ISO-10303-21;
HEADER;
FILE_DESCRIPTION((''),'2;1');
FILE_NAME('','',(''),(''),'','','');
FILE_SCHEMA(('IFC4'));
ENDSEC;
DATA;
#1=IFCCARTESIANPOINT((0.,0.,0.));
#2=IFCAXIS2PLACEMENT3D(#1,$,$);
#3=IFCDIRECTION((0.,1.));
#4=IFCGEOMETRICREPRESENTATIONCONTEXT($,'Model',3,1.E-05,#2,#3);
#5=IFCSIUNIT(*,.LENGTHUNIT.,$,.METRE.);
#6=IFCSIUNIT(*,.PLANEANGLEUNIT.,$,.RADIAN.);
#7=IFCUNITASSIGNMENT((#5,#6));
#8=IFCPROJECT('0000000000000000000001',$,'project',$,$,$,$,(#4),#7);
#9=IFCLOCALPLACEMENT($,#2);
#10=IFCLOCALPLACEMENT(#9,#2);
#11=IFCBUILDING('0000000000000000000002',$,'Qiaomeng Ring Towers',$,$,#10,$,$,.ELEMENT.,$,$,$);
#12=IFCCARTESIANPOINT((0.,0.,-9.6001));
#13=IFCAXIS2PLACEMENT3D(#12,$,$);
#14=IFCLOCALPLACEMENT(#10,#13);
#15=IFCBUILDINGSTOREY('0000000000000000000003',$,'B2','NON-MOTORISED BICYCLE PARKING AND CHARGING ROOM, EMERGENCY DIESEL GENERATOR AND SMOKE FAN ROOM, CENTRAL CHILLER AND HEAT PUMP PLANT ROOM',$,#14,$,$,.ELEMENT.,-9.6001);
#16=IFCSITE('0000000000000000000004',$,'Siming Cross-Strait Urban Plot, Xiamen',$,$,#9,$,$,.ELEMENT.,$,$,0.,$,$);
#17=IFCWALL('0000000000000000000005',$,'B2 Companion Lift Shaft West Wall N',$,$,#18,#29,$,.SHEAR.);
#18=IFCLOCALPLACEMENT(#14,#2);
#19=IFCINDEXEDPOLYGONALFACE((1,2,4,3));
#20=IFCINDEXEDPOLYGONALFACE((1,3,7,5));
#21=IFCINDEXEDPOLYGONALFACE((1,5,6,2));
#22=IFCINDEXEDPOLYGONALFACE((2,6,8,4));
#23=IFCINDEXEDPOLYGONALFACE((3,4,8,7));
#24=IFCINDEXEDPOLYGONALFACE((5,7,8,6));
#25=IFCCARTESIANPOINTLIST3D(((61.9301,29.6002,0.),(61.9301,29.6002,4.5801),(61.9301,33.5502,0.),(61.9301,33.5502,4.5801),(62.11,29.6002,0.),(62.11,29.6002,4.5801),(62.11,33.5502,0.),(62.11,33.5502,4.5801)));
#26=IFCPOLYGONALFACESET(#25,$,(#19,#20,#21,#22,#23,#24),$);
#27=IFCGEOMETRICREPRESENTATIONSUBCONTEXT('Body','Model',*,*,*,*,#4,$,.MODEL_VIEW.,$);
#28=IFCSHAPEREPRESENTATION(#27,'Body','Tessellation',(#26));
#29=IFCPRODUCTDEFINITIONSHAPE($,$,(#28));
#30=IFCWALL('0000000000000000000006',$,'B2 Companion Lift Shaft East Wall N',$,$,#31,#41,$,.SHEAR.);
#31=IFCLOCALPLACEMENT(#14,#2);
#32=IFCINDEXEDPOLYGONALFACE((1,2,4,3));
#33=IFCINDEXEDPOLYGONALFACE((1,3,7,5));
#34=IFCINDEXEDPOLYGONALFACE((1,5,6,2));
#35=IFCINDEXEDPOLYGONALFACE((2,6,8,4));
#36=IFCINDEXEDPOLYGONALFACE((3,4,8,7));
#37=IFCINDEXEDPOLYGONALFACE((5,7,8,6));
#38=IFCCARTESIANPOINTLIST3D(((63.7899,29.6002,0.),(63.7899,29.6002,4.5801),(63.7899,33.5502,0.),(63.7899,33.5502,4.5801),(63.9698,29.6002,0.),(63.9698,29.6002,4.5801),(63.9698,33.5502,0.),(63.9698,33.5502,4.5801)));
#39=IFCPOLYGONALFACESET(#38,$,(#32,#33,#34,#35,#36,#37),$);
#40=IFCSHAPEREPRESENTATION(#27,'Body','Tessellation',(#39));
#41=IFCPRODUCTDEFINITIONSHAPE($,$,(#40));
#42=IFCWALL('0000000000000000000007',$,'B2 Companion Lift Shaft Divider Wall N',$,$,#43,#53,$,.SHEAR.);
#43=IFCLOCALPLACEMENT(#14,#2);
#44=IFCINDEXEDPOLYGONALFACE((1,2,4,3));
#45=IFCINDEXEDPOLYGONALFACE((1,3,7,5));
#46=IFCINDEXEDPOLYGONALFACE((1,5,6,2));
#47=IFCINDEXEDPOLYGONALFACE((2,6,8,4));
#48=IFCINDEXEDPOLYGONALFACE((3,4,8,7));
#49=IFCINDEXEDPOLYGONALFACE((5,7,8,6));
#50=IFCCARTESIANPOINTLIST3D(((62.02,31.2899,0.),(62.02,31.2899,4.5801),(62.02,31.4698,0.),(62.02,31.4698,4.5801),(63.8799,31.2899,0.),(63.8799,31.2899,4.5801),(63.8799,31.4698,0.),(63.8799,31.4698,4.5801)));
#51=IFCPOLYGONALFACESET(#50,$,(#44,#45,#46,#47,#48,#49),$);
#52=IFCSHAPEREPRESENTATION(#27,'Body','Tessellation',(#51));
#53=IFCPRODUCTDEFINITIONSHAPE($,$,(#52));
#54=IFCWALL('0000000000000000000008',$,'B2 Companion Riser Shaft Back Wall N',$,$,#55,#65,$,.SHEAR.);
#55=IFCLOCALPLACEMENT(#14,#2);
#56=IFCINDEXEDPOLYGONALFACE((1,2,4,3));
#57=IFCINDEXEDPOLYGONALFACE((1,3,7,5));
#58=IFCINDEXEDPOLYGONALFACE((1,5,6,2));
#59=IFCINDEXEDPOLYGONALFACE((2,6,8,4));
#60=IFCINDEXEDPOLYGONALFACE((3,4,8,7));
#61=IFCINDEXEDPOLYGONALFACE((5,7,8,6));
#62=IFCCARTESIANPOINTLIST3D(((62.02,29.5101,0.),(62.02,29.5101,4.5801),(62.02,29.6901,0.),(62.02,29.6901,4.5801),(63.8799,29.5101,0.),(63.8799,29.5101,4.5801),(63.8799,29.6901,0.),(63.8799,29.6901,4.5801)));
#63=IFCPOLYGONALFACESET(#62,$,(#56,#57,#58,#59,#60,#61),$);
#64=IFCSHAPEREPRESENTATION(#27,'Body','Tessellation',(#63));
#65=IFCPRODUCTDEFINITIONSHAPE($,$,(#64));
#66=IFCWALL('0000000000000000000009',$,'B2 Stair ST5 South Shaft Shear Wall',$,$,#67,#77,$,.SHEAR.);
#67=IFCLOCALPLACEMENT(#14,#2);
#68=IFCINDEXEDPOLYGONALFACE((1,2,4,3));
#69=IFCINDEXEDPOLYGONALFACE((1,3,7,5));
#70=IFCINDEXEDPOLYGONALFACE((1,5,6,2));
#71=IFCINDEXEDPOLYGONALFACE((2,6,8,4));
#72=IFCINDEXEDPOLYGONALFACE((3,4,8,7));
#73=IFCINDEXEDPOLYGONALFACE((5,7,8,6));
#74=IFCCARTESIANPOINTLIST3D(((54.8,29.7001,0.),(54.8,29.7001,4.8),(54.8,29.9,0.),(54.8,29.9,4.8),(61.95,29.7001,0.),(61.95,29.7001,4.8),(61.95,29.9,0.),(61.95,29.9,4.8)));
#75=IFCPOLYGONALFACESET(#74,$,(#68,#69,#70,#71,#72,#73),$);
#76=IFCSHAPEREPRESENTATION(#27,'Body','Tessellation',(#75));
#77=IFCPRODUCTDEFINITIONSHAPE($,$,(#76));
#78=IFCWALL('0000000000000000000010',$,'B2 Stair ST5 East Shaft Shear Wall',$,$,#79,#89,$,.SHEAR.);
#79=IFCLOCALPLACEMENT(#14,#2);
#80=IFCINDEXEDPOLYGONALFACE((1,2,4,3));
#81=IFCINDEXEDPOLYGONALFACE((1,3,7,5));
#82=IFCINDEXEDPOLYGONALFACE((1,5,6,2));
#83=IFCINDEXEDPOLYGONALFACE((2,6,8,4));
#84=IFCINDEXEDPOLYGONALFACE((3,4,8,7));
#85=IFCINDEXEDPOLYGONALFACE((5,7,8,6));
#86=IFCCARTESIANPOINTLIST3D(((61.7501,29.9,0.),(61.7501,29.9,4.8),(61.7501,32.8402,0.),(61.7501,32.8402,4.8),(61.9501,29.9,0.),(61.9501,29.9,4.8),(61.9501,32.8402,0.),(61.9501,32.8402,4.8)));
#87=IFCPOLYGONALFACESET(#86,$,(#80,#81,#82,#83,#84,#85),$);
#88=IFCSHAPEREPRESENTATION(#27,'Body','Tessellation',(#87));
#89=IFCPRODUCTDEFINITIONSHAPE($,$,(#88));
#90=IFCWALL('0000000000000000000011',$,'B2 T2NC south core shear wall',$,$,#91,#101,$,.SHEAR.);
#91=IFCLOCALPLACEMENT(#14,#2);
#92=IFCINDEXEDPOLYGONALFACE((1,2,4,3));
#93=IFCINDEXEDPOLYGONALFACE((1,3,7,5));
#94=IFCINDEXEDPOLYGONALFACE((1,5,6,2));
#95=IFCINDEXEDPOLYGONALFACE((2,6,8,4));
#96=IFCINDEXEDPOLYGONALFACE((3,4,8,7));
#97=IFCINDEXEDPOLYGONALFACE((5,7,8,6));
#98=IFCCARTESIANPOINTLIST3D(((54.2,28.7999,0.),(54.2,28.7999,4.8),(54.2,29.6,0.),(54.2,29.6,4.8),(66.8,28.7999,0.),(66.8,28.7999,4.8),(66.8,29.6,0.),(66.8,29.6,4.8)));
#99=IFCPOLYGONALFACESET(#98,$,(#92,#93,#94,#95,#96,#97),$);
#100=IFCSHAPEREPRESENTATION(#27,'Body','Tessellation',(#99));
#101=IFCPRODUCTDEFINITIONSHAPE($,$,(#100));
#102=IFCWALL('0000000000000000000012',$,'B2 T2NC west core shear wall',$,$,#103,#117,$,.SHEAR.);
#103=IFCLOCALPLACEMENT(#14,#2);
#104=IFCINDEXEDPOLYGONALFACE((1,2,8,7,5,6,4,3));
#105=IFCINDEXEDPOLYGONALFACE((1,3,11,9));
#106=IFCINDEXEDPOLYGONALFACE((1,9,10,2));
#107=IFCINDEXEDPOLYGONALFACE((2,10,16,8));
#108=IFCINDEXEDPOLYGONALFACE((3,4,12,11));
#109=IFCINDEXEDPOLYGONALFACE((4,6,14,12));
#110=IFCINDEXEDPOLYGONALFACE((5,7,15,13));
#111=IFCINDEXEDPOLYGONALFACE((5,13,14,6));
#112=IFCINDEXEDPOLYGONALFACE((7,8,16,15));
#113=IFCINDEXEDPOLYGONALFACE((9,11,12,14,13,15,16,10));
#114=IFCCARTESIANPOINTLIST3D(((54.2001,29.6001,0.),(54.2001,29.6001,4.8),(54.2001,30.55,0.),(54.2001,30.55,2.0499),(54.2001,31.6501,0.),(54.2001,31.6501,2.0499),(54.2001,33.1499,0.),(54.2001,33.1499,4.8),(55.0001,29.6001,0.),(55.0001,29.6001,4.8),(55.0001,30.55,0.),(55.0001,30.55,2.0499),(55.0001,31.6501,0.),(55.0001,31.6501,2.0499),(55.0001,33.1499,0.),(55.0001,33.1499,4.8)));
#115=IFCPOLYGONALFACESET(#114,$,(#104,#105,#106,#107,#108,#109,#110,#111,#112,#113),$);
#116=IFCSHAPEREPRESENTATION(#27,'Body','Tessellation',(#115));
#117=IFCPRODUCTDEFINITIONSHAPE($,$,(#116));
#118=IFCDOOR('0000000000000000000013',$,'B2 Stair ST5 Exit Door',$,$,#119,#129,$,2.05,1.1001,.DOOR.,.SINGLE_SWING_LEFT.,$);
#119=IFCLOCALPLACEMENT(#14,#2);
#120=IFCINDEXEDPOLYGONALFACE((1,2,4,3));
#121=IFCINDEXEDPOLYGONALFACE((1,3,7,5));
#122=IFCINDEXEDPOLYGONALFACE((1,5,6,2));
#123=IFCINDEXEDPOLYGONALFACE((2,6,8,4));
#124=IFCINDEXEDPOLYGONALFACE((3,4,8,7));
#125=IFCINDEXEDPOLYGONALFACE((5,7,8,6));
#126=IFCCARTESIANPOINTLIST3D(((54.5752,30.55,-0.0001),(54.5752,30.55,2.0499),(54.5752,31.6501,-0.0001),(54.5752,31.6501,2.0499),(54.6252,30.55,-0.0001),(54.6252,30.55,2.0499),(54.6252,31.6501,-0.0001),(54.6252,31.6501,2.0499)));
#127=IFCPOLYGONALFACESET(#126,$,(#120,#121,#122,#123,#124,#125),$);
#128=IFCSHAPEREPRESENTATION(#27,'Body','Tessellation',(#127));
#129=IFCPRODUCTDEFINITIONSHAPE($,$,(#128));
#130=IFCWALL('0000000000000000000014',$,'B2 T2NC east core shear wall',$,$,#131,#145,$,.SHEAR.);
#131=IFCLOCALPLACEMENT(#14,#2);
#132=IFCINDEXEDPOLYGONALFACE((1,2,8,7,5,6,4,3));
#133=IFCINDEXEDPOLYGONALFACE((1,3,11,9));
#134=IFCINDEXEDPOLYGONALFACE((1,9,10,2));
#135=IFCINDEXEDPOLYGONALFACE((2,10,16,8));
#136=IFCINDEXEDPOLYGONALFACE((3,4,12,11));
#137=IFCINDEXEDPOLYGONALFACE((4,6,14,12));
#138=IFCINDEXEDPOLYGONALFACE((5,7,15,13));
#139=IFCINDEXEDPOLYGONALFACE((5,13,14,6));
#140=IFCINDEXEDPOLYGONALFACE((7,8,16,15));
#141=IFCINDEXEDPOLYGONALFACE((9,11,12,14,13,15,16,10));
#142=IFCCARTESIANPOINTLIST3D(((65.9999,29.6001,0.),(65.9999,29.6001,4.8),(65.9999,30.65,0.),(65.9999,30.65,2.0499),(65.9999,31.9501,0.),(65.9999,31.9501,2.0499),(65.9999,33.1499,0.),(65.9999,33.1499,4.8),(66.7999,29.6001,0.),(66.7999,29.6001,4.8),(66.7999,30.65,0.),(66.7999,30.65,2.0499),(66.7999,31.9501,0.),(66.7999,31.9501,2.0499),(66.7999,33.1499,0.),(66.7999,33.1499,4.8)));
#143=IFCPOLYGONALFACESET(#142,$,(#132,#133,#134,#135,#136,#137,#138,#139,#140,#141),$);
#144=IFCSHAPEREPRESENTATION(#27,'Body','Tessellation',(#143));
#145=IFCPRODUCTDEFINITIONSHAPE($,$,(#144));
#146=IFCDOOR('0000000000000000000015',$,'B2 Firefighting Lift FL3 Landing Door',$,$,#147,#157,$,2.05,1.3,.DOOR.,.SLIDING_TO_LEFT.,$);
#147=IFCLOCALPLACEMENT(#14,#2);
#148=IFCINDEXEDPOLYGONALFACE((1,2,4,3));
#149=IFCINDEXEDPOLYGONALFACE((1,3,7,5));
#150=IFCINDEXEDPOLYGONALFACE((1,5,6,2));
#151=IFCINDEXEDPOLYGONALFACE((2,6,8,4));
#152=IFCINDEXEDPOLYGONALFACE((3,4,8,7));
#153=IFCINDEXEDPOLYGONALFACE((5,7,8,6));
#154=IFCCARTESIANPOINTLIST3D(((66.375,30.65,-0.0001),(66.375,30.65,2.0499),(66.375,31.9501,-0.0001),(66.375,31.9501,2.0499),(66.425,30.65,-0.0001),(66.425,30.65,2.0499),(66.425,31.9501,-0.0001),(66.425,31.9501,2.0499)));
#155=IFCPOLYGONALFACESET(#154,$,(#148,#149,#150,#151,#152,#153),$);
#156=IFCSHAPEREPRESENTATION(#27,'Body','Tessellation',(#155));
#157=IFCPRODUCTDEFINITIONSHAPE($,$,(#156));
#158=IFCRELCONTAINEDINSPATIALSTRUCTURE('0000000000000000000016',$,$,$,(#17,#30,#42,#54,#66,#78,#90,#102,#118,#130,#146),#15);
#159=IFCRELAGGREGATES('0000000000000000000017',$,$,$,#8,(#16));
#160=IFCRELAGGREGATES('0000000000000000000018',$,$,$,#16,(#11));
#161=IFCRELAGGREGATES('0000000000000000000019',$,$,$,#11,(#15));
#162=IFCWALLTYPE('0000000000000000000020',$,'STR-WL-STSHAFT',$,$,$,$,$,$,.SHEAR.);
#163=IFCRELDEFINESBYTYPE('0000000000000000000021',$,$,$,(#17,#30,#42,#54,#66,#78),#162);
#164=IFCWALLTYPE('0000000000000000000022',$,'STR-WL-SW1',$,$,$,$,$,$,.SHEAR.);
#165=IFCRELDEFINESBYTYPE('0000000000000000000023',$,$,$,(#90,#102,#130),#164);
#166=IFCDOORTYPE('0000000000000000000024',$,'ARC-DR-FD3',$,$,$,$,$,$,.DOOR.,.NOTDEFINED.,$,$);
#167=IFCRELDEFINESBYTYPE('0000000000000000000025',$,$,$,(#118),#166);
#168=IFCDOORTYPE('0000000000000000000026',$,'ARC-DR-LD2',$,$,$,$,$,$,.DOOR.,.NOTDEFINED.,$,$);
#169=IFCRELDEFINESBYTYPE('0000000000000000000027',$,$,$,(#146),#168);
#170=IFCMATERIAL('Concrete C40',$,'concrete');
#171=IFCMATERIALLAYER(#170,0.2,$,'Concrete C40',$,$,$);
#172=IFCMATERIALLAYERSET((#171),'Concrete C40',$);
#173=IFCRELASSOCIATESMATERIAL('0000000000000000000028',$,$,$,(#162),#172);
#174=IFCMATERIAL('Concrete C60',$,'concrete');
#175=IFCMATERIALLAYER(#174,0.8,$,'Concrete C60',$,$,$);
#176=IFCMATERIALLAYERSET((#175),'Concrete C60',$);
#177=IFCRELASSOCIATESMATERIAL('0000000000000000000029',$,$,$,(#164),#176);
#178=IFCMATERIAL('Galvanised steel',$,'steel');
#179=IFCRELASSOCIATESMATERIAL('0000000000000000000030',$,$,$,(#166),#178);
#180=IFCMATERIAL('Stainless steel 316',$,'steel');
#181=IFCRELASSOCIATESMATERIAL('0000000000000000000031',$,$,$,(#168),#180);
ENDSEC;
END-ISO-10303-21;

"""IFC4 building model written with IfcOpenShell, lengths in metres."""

from ifc_helpers import new_model, si_unit, direction, frame, frame_2d, origin, place, context, subcontext, project, spatial, rectangle, extrude, source, transform, mapped, material, layer, layer_set, type_object, element, fill, save


model = new_model("IFC4")

# Units and contexts
model_context = context("Model", 3, precision=1e-05, world=origin(), true_north=direction((0.0, 1.0)))
body_context = subcontext(model_context, "Body", "Model", "MODEL_VIEW")
ifc_project = project(units=[si_unit("LENGTHUNIT", "METRE"), si_unit("PLANEANGLEUNIT", "RADIAN")], contexts=[model_context])

# Site, building, storey
site_placement = place(None, origin())
site = spatial("IfcSite", under=ifc_project, at=site_placement, Name="Siming Cross-Strait Urban Plot, Xiamen", CompositionType="ELEMENT", RefElevation=0.0)
building_placement = place(site_placement, origin())
building = spatial("IfcBuilding", under=site, at=building_placement, Name="Qiaomeng Ring Towers", CompositionType="ELEMENT")
storey_placement = place(building_placement, frame((0.0, 0.0, -9.6001)))
storey = spatial("IfcBuildingStorey", under=building, at=storey_placement, Name="B2", Description="NON-MOTORISED BICYCLE PARKING AND CHARGING ROOM, EMERGENCY DIESEL GENERATOR AND SMOKE FAN ROOM, CENTRAL CHILLER AND HEAT PUMP PLANT ROOM", CompositionType="ELEMENT", Elevation=-9.6001)

# Shared definitions
ifc_material_1 = material(Name="Concrete C40", Category="concrete")

# Shared definitions
ifc_material_2 = material(Name="Concrete C60", Category="concrete")

# Walls
ifc_layer_1 = layer(ifc_material_1, 0.2, Name="Concrete C40")
ifc_layer_set_1 = layer_set([ifc_layer_1], Name="Concrete C40")
wall_type_1 = type_object("IfcWallType", Name="STR-WL-STSHAFT", PredefinedType="SHEAR", material=ifc_layer_set_1)
for number, where, z_axis, x_axis, name in (
    (1, (62.02, 29.6001, 0.0), (0.0, 0.0, 1.0), (0.0, 1.0, 0.0), "B2 Companion Lift Shaft West Wall N"),
    (2, (63.8799, 29.6001, 0.0), (0.0, 0.0, 1.0), (0.0, 1.0, 0.0), "B2 Companion Lift Shaft East Wall N"),
):
    element("IfcWall", number, at=place(storey_placement, frame(where, z_axis=z_axis, x_axis=x_axis)), inside=storey, type_object=wall_type_1, Name=name, PredefinedType="SHEAR", context=body_context, shape_type="SweptSolid", body=[
        extrude(rectangle(XDim=3.95, YDim=0.1799, at=frame_2d((1.9751, 0.0))), origin(), (0.0, 0.0, 1.0), 4.5801),
    ])
for number, where, z_axis, x_axis, name in (
    (3, (62.02, 31.3799, 0.0), (0.0, 0.0, 1.0), (1.0, 0.0, 0.0), "B2 Companion Lift Shaft Divider Wall N"),
    (4, (62.02, 29.6001, 0.0), (0.0, 0.0, 1.0), (1.0, 0.0, 0.0), "B2 Companion Riser Shaft Back Wall N"),
):
    element("IfcWall", number, at=place(storey_placement, frame(where, z_axis=z_axis, x_axis=x_axis)), inside=storey, type_object=wall_type_1, Name=name, PredefinedType="SHEAR", context=body_context, shape_type="SweptSolid", body=[
        extrude(rectangle(XDim=1.8599, YDim=0.1799, at=frame_2d((0.9299, 0.0))), origin(), (0.0, 0.0, 1.0), 4.5801),
    ])
wall_1_placement = place(storey_placement, frame((54.8, 29.8, 0.0), z_axis=(0.0, 0.0, 1.0), x_axis=(1.0, 0.0, 0.0)))
element("IfcWall", 5, at=wall_1_placement, inside=storey, type_object=wall_type_1, Name="B2 Stair ST5 South Shaft Shear Wall", PredefinedType="SHEAR", context=body_context, shape_type="SweptSolid", body=[
    extrude(rectangle(XDim=7.1499, YDim=0.2, at=frame_2d((3.575, 0.0))), origin(), (0.0, 0.0, 1.0), 4.8),
])
wall_2_placement = place(storey_placement, frame((61.8501, 29.8999, 0.0), z_axis=(0.0, 0.0, 1.0), x_axis=(0.0, 1.0, 0.0)))
element("IfcWall", 6, at=wall_2_placement, inside=storey, type_object=wall_type_1, Name="B2 Stair ST5 East Shaft Shear Wall", PredefinedType="SHEAR", context=body_context, shape_type="SweptSolid", body=[
    extrude(rectangle(XDim=2.9402, YDim=0.2, at=frame_2d((1.4702, 0.0))), origin(), (0.0, 0.0, 1.0), 4.8),
])
ifc_layer_2 = layer(ifc_material_2, 0.8, Name="Concrete C60")
ifc_layer_set_2 = layer_set([ifc_layer_2], Name="Concrete C60")
wall_type_2 = type_object("IfcWallType", Name="STR-WL-SW1", PredefinedType="SHEAR", material=ifc_layer_set_2)
wall_3_placement = place(storey_placement, frame((54.2, 29.2, 0.0), z_axis=(0.0, 0.0, 1.0), x_axis=(1.0, 0.0, 0.0)))
element("IfcWall", 7, at=wall_3_placement, inside=storey, type_object=wall_type_2, Name="B2 T2NC south core shear wall", PredefinedType="SHEAR", context=body_context, shape_type="SweptSolid", body=[
    extrude(rectangle(XDim=12.6001, YDim=0.8, at=frame_2d((6.3, 0.0))), origin(), (0.0, 0.0, 1.0), 4.8),
])

# Walls, openings, doors
wall_4_placement = place(storey_placement, frame((54.6001, 29.6001, 0.0), z_axis=(0.0, 0.0, 1.0), x_axis=(0.0, 1.0, 0.0)))
wall_4 = element("IfcWall", 8, at=wall_4_placement, inside=storey, type_object=wall_type_2, Name="B2 T2NC west core shear wall", PredefinedType="SHEAR", context=body_context, shape_type="SweptSolid", body=[
    extrude(rectangle(XDim=3.5498, YDim=0.8, at=frame_2d((1.7749, 0.0))), origin(), (0.0, 0.0, 1.0), 4.8),
])
opening_1_placement = place(wall_4_placement, frame((0.95, 0.0, 0.0)))
opening_1 = element("IfcOpeningElement", 9, at=opening_1_placement, cuts=wall_4, PredefinedType="OPENING", context=body_context, shape_type="SweptSolid", body=[
    extrude(rectangle(XDim=1.1001, YDim=2.05, at=frame_2d((0.55, 1.0249))), frame((0.0, 0.4099, 0.0), z_axis=(0.0, -1.0, 0.0), x_axis=(1.0, 0.0, 0.0)), (0.0, 0.0, 1.0), 0.8201),
])
ifc_material_3 = material(Name="Galvanised steel", Category="steel")
door_type_1 = type_object("IfcDoorType", Name="ARC-DR-FD3", OperationType="NOTDEFINED", PredefinedType="DOOR", material=ifc_material_3)
shared_shape_1 = source(origin(), body_context, "Body", "SweptSolid", [
    extrude(rectangle(XDim=1.1001, YDim=2.05, at=frame_2d((0.55, 1.0249))), frame((0.0, 0.0249, 0.0), z_axis=(0.0, -1.0, 0.0), x_axis=(1.0, 0.0, 0.0)), (0.0, 0.0, 1.0), 0.05),
])
door_1_placement = place(opening_1_placement, origin())
door_1 = element("IfcDoor", 10, at=door_1_placement, inside=storey, type_object=door_type_1, Name="B2 Stair ST5 Exit Door", OperationType="SINGLE_SWING_LEFT", OverallHeight=2.05, OverallWidth=1.1001, PredefinedType="DOOR", context=body_context, shape_type="MappedRepresentation", body=[
    mapped(shared_shape_1, transform((0.0, 0.0, 0.0), x_axis=(1.0, 0.0, 0.0), y_axis=(0.0, 1.0, 0.0), z_axis=(0.0, 0.0, 1.0), scale=1.0)),
])
fill(opening_1, door_1)
wall_5_placement = place(storey_placement, frame((66.3999, 29.6001, 0.0), z_axis=(0.0, 0.0, 1.0), x_axis=(0.0, 1.0, 0.0)))
wall_5 = element("IfcWall", 11, at=wall_5_placement, inside=storey, type_object=wall_type_2, Name="B2 T2NC east core shear wall", PredefinedType="SHEAR", context=body_context, shape_type="SweptSolid", body=[
    extrude(rectangle(XDim=3.5498, YDim=0.8, at=frame_2d((1.7749, 0.0))), origin(), (0.0, 0.0, 1.0), 4.8),
])
opening_2_placement = place(wall_5_placement, frame((1.05, 0.0, 0.0)))
opening_2 = element("IfcOpeningElement", 12, at=opening_2_placement, cuts=wall_5, PredefinedType="OPENING", context=body_context, shape_type="SweptSolid", body=[
    extrude(rectangle(XDim=1.3, YDim=2.05, at=frame_2d((0.6499, 1.0249))), frame((0.0, 0.4099, 0.0), z_axis=(0.0, -1.0, 0.0), x_axis=(1.0, 0.0, 0.0)), (0.0, 0.0, 1.0), 0.8201),
])
ifc_material_4 = material(Name="Stainless steel 316", Category="steel")
door_type_2 = type_object("IfcDoorType", Name="ARC-DR-LD2", OperationType="NOTDEFINED", PredefinedType="DOOR", material=ifc_material_4)
shared_shape_2 = source(origin(), body_context, "Body", "SweptSolid", [
    extrude(rectangle(XDim=1.3, YDim=2.05, at=frame_2d((0.6499, 1.0249))), frame((0.0, 0.0249, 0.0), z_axis=(0.0, -1.0, 0.0), x_axis=(1.0, 0.0, 0.0)), (0.0, 0.0, 1.0), 0.05),
])
door_2_placement = place(opening_2_placement, origin())
door_2 = element("IfcDoor", 13, at=door_2_placement, inside=storey, type_object=door_type_2, Name="B2 Firefighting Lift FL3 Landing Door", OperationType="SLIDING_TO_LEFT", OverallHeight=2.05, OverallWidth=1.3, PredefinedType="DOOR", context=body_context, shape_type="MappedRepresentation", body=[
    mapped(shared_shape_2, transform((0.0, 0.0, 0.0), x_axis=(1.0, 0.0, 0.0), y_axis=(0.0, 1.0, 0.0), z_axis=(0.0, 0.0, 1.0), scale=1.0)),
])
fill(opening_2, door_2)

save(model, "model.ifc")
